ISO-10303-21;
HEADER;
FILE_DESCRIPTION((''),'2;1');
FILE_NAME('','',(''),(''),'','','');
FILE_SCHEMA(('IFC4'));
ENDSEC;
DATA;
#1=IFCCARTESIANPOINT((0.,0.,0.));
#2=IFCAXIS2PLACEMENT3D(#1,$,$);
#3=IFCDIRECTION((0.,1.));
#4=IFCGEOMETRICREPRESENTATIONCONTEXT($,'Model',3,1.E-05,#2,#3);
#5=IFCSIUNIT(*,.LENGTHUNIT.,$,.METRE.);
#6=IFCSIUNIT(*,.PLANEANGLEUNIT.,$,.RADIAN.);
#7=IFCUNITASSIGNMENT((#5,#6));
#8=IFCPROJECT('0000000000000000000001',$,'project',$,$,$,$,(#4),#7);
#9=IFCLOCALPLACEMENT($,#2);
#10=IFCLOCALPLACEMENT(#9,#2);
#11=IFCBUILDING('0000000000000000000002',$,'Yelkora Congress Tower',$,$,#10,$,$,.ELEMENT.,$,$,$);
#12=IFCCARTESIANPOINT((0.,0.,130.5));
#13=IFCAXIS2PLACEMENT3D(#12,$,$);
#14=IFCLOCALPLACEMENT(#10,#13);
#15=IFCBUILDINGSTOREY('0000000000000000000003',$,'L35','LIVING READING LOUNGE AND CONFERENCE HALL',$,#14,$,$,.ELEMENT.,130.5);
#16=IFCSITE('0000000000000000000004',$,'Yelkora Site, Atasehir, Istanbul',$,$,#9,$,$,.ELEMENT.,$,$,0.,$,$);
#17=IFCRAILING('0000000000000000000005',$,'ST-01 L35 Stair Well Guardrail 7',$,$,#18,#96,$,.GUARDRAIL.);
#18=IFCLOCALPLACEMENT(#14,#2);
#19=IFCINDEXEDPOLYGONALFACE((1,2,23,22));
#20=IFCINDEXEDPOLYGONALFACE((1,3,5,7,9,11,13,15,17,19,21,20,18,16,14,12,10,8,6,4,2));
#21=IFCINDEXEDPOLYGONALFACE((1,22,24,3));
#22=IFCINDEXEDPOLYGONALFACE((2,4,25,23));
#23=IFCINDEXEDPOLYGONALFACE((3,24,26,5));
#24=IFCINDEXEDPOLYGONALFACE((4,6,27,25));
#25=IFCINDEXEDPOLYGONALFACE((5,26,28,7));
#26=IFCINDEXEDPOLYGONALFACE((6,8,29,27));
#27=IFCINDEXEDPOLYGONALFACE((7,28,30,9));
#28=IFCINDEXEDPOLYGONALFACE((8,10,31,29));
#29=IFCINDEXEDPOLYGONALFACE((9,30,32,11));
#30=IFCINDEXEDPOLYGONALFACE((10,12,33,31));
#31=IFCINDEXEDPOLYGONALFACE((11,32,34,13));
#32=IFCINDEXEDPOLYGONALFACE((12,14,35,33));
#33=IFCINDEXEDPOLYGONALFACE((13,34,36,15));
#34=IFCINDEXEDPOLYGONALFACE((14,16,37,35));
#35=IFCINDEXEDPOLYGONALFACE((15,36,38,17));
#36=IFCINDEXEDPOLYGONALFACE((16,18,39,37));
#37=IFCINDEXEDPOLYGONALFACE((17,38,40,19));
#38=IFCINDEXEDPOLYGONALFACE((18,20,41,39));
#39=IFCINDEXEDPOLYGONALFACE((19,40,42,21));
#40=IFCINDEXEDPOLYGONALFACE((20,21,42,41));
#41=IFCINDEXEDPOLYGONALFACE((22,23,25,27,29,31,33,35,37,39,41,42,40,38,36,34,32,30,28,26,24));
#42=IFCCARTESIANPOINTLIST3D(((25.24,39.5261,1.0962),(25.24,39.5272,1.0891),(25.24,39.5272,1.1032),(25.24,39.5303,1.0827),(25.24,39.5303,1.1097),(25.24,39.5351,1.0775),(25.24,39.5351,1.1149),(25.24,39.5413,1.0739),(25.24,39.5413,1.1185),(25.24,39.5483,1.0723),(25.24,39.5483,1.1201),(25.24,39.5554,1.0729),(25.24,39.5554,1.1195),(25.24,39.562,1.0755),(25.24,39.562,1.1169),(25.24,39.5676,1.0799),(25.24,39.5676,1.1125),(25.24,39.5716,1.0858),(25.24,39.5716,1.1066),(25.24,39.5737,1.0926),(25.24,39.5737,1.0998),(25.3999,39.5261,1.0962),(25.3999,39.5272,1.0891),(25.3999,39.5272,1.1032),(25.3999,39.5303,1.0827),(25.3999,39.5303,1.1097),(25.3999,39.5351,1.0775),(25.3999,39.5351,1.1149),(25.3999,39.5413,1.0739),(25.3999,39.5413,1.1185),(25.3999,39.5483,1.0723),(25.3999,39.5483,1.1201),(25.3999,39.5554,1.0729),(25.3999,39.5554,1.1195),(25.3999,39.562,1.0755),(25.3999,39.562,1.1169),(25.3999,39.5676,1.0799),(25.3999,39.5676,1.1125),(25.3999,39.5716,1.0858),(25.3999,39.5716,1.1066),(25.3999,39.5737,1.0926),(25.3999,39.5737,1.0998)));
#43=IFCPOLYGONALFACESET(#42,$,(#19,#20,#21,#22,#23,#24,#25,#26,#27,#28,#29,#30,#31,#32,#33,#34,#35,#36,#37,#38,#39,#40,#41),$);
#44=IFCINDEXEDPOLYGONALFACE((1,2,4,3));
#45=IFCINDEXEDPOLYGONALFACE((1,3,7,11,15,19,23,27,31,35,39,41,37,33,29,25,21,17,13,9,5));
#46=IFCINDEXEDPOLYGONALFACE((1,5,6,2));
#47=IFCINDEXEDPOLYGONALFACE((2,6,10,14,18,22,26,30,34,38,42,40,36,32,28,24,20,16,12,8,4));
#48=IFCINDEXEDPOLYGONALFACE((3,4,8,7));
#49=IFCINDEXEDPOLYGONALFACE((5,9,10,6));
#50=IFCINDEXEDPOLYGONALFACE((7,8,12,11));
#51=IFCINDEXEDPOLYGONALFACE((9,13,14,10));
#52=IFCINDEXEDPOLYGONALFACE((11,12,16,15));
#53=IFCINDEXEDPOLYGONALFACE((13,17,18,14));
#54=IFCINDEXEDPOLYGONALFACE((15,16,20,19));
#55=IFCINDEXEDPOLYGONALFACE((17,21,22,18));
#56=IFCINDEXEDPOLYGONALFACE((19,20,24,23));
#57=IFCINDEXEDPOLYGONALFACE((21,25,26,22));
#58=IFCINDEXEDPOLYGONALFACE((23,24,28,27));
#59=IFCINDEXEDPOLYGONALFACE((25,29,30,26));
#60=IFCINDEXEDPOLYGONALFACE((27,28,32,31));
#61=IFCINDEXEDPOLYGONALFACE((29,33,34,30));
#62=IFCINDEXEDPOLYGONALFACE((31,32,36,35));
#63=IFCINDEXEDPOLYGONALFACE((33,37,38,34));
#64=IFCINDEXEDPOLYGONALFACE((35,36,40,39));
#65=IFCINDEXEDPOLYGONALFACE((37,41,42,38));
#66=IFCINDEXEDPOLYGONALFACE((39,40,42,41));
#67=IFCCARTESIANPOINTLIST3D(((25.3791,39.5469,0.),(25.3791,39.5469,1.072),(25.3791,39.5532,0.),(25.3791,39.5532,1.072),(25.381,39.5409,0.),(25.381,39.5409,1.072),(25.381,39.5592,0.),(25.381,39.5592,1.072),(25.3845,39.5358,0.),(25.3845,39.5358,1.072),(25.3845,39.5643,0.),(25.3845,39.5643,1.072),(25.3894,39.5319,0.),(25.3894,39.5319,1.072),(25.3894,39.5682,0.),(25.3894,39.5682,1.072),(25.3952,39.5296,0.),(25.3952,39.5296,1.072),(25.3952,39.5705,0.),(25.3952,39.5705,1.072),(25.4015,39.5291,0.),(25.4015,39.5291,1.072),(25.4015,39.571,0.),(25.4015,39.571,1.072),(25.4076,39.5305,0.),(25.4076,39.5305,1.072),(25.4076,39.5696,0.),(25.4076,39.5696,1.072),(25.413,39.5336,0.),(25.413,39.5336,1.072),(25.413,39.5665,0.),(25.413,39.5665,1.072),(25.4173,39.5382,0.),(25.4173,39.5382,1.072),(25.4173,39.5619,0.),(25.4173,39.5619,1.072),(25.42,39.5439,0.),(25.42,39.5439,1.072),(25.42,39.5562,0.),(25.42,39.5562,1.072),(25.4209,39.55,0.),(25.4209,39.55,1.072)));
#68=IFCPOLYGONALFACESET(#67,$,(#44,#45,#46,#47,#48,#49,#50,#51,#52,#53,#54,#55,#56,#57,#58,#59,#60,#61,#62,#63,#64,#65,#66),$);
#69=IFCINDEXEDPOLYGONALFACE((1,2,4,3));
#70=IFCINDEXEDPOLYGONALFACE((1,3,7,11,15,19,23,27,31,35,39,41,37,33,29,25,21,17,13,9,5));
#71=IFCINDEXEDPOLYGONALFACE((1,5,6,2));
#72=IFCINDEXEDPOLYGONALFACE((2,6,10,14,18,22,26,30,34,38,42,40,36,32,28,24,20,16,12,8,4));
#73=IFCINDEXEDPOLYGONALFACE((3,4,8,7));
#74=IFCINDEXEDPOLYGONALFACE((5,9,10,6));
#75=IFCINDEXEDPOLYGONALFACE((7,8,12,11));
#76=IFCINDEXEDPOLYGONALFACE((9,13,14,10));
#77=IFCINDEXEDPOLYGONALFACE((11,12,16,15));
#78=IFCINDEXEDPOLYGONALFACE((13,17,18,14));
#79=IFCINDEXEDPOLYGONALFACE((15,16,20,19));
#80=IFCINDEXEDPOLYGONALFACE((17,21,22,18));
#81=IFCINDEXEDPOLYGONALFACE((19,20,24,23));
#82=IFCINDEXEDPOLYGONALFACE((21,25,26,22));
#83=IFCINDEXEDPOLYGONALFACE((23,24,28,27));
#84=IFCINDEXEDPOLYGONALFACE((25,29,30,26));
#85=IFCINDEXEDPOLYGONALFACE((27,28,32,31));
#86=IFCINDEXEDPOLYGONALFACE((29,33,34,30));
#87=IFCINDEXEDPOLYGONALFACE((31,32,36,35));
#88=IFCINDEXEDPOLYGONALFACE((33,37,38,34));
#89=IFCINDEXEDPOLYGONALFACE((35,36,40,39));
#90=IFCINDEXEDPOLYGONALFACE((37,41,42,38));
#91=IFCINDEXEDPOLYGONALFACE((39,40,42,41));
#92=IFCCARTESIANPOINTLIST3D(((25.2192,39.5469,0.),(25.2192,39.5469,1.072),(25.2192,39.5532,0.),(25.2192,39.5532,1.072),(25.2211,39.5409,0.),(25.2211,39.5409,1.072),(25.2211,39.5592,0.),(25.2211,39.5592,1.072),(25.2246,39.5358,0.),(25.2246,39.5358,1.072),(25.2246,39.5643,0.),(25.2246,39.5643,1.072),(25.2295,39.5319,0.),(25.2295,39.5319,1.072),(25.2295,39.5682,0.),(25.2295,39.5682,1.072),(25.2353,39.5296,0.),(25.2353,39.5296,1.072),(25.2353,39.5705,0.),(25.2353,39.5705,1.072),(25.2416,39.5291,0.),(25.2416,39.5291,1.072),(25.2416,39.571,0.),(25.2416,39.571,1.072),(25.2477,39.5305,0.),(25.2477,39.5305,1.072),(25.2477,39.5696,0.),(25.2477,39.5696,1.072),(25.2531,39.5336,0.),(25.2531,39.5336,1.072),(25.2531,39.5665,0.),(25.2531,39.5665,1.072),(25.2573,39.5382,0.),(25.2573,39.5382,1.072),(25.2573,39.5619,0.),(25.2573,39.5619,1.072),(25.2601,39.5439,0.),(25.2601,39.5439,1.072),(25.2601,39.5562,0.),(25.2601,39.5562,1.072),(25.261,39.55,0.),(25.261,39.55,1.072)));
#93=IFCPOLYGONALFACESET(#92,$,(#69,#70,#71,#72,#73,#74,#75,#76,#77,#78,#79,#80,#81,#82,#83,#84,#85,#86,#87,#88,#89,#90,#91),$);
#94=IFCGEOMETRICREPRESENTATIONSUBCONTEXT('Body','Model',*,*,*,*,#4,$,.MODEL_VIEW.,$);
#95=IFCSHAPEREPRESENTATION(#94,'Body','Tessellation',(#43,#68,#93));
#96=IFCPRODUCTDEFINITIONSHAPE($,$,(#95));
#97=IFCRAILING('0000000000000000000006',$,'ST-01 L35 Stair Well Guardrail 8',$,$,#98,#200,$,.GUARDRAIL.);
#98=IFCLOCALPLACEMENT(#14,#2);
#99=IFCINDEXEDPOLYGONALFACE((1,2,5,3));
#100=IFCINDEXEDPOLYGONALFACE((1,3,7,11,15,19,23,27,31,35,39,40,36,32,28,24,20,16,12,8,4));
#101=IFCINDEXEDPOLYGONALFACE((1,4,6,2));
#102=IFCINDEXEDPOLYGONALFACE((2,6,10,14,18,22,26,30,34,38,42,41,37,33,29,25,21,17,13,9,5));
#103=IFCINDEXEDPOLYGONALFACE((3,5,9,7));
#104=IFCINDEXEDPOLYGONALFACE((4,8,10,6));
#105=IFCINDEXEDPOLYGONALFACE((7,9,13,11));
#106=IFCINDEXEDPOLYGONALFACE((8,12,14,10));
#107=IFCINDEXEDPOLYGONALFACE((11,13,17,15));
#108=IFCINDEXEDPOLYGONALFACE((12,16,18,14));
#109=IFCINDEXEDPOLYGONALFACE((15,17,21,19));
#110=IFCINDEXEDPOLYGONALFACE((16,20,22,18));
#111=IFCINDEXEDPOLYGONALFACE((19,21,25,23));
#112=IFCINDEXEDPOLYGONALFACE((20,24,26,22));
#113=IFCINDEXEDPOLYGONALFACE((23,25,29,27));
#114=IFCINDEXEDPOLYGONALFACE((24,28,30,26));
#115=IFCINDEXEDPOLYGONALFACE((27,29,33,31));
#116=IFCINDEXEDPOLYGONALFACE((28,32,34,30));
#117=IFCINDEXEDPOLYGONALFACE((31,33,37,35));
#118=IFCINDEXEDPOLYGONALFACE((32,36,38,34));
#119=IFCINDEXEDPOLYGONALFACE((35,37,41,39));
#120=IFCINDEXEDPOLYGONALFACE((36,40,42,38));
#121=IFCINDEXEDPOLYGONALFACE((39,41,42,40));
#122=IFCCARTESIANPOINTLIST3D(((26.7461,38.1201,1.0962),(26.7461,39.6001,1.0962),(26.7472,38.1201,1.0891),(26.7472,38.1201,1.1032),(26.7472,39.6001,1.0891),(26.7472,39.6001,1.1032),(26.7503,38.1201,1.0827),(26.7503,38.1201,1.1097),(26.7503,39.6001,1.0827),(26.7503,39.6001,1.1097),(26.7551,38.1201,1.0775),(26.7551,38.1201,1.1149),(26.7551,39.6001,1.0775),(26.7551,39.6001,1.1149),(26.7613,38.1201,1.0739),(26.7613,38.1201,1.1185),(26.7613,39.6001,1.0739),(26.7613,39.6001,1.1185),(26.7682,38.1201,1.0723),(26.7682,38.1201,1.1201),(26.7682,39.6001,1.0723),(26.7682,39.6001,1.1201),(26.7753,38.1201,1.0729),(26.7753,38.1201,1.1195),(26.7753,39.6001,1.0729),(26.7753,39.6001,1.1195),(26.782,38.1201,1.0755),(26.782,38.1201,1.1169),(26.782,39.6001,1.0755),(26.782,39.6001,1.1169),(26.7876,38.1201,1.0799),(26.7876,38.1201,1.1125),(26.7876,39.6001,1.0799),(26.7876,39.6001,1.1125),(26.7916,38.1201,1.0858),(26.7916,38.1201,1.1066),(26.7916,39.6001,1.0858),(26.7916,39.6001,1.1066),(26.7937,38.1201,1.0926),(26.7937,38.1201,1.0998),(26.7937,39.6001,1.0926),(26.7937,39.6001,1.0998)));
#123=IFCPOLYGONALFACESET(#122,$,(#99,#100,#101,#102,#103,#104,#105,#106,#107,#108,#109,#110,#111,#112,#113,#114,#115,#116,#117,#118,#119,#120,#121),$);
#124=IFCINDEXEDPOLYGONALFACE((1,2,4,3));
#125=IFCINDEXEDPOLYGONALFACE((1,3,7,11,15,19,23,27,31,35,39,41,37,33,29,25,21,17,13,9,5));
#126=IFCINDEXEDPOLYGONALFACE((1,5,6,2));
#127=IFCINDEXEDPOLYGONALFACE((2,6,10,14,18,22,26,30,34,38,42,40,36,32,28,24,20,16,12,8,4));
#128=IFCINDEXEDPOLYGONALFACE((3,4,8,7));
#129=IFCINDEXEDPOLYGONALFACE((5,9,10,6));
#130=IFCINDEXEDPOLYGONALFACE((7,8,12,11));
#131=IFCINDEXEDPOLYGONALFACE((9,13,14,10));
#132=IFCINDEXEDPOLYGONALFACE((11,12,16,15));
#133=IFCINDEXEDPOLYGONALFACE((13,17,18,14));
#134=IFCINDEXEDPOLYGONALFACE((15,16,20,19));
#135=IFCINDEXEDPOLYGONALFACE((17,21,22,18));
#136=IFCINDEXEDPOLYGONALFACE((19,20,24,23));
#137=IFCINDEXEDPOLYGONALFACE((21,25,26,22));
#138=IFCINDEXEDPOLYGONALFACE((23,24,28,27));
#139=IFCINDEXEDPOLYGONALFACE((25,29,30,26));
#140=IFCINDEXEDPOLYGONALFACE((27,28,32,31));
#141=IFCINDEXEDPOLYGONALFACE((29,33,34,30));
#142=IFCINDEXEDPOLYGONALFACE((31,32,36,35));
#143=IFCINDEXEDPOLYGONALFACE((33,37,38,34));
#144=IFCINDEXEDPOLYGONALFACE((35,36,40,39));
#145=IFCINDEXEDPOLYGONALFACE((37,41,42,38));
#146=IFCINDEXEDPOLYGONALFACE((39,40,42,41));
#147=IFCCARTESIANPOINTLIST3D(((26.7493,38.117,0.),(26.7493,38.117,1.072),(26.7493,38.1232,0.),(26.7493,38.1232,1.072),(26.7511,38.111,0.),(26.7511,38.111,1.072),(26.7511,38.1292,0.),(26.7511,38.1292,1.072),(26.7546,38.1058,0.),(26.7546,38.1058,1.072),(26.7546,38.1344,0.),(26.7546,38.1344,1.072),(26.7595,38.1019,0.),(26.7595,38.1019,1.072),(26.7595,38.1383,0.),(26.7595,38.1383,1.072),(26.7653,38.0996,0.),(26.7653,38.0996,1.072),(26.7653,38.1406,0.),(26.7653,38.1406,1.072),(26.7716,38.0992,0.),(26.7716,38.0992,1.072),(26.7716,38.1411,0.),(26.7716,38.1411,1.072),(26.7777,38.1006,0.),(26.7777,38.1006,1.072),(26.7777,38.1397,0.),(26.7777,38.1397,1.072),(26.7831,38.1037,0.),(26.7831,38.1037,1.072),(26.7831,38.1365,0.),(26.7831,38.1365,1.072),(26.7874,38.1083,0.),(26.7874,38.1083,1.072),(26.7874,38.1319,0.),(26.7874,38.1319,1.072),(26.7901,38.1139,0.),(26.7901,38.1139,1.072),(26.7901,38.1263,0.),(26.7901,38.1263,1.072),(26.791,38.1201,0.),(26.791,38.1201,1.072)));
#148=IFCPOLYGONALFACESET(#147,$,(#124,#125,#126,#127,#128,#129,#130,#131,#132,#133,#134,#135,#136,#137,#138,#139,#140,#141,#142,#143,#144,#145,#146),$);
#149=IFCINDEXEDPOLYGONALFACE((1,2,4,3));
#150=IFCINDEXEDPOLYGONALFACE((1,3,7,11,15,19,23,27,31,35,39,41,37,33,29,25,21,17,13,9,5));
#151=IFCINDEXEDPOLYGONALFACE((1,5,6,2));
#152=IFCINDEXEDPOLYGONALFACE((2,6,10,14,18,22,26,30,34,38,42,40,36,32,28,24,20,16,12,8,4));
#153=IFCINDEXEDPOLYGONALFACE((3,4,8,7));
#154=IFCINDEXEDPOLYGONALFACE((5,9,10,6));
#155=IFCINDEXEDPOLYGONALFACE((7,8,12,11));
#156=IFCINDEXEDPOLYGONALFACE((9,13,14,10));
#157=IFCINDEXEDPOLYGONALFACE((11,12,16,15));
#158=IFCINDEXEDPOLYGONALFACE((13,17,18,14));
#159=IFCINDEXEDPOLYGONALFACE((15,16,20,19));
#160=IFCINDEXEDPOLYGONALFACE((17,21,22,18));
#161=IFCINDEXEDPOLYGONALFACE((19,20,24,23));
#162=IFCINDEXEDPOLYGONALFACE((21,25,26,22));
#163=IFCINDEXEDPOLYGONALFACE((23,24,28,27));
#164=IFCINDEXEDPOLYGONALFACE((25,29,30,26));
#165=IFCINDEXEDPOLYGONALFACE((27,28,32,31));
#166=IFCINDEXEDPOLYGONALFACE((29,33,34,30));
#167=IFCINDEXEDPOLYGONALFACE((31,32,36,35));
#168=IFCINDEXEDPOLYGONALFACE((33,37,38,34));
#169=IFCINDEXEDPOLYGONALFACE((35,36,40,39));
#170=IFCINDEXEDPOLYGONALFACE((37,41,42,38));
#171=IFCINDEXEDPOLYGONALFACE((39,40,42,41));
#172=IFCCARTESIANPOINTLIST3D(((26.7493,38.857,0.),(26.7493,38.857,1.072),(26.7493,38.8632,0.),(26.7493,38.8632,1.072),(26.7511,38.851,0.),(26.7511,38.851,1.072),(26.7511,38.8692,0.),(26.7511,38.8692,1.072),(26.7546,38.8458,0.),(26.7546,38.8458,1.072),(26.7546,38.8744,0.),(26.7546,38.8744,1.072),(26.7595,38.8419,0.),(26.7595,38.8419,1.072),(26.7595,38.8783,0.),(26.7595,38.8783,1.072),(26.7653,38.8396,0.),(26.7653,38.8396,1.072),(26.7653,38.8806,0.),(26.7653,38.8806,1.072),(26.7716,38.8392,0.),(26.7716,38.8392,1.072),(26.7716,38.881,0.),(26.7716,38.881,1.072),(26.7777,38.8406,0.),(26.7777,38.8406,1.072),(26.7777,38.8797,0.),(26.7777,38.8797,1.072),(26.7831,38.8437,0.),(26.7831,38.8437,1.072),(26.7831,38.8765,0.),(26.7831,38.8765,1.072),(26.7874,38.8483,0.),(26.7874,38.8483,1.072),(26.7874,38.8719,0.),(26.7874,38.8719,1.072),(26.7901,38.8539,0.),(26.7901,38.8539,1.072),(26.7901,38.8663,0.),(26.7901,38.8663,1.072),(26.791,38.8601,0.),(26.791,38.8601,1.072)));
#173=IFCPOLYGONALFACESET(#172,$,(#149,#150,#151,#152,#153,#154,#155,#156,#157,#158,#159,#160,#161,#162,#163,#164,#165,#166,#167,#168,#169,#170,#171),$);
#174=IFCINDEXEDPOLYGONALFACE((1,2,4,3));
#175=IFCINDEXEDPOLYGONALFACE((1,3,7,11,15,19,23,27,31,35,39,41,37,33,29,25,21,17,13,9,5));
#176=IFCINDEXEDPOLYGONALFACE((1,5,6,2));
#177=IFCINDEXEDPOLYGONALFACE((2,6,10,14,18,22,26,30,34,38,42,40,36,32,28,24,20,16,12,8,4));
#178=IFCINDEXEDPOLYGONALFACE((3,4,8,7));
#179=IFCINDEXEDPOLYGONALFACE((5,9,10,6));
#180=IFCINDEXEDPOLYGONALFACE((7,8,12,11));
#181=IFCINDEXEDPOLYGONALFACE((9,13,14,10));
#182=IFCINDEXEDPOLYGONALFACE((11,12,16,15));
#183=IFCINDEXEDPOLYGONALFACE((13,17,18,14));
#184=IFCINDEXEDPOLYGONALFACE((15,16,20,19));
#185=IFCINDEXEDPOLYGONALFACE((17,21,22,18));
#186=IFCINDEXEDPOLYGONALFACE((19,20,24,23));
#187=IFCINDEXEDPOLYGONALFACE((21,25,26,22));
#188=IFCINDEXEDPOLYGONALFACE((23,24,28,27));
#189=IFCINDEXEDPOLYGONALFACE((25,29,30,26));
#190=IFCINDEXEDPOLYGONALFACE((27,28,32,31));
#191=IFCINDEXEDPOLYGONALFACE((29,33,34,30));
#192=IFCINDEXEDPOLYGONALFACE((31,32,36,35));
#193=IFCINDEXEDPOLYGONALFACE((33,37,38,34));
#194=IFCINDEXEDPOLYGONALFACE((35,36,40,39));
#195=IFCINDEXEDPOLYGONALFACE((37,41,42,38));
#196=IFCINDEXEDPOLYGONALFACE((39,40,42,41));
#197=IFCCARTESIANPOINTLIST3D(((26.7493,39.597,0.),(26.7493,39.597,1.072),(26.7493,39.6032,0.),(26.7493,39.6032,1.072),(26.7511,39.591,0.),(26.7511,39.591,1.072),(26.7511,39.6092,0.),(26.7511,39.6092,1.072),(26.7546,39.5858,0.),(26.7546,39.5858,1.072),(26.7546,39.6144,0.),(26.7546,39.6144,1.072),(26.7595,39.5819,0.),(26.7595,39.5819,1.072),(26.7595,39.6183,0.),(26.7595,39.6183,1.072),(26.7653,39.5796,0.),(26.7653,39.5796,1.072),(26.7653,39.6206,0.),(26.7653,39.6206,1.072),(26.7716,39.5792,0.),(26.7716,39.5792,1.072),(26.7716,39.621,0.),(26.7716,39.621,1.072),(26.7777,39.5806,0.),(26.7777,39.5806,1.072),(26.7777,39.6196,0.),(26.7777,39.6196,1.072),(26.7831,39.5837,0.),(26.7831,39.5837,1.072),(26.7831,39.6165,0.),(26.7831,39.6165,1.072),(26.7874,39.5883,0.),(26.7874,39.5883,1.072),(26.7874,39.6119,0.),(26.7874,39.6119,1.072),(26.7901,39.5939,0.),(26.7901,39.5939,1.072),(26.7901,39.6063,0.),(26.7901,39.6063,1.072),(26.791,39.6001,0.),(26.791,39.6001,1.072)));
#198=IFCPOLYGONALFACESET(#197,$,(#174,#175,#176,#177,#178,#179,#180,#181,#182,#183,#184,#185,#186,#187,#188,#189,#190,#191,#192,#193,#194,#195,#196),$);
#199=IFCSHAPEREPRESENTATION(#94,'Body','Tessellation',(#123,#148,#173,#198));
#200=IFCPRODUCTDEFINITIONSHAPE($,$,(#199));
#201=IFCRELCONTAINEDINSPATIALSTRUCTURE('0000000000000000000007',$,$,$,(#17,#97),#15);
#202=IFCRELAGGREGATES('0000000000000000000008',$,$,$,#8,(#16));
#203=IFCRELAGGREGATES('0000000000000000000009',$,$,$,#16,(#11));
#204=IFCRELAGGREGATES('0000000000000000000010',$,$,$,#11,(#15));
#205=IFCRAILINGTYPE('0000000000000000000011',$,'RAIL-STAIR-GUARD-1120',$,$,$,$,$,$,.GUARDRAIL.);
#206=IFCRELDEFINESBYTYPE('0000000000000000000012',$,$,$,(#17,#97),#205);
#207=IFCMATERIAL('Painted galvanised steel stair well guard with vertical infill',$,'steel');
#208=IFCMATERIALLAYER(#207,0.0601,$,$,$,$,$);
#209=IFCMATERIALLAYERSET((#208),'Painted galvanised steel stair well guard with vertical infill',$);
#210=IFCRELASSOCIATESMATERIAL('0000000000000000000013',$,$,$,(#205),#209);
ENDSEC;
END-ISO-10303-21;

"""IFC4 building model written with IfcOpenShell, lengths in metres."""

from ifc_helpers import new_model, si_unit, direction, frame, origin, origin_2d, place, context, subcontext, project, spatial, circle, extrude, material, layer, layer_set, type_object, element, save


model = new_model("IFC4")

# Units and contexts
model_context = context("Model", 3, precision=1e-05, world=origin(), true_north=direction((0.0, 1.0)))
body_context = subcontext(model_context, "Body", "Model", "MODEL_VIEW")
ifc_project = project(units=[si_unit("LENGTHUNIT", "METRE"), si_unit("PLANEANGLEUNIT", "RADIAN")], contexts=[model_context])

# Site, building, storey
site_placement = place(None, origin())
site = spatial("IfcSite", under=ifc_project, at=site_placement, Name="Yelkora Site, Atasehir, Istanbul", CompositionType="ELEMENT", RefElevation=0.0)
building_placement = place(site_placement, origin())
building = spatial("IfcBuilding", under=site, at=building_placement, Name="Yelkora Congress Tower", CompositionType="ELEMENT")
storey_placement = place(building_placement, frame((0.0, 0.0, 130.5)))
storey = spatial("IfcBuildingStorey", under=building, at=storey_placement, Name="L35", Description="LIVING READING LOUNGE AND CONFERENCE HALL", CompositionType="ELEMENT", Elevation=130.5)

# Railings
ifc_material_1 = material(Name="Painted galvanised steel stair well guard with vertical infill", Category="steel")
ifc_layer_1 = layer(ifc_material_1, 0.0601)
ifc_layer_set_1 = layer_set([ifc_layer_1], Name="Painted galvanised steel stair well guard with vertical infill")
railing_type_1 = type_object("IfcRailingType", Name="RAIL-STAIR-GUARD-1120", PredefinedType="GUARDRAIL", material=ifc_layer_set_1)
railing_1_placement = place(storey_placement, frame((25.3999, 39.55, 0.0)))
element("IfcRailing", 1, at=railing_1_placement, inside=storey, type_object=railing_type_1, Name="ST-01 L35 Stair Well Guardrail 7", PredefinedType="GUARDRAIL", context=body_context, shape_type="SweptSolid", body=[
    extrude(circle(Radius=0.0239, at=origin_2d()), frame((0.0, 0.0, 1.0962), z_axis=(-1.0, 0.0, 0.0), x_axis=(0.0, -1.0, 0.0)), (0.0, 0.0, 1.0), 0.1599),
    extrude(circle(Radius=0.021, at=origin_2d()), origin(), (0.0, 0.0, 1.0), 1.072),
    extrude(circle(Radius=0.021, at=origin_2d()), frame((-0.1599, 0.0, 0.0)), (0.0, 0.0, 1.0), 1.072),
])
railing_2_placement = place(storey_placement, frame((26.77, 38.1201, 0.0)))
element("IfcRailing", 2, at=railing_2_placement, inside=storey, type_object=railing_type_1, Name="ST-01 L35 Stair Well Guardrail 8", PredefinedType="GUARDRAIL", context=body_context, shape_type="SweptSolid", body=[
    extrude(circle(Radius=0.0239, at=origin_2d()), frame((0.0, 0.0, 1.0962), z_axis=(0.0, 1.0, 0.0), x_axis=(-1.0, 0.0, 0.0)), (0.0, 0.0, 1.0), 1.48),
    extrude(circle(Radius=0.021, at=origin_2d()), origin(), (0.0, 0.0, 1.0), 1.072),
    extrude(circle(Radius=0.021, at=origin_2d()), frame((0.0, 0.74, 0.0)), (0.0, 0.0, 1.0), 1.072),
    extrude(circle(Radius=0.021, at=origin_2d()), frame((0.0, 1.48, 0.0)), (0.0, 0.0, 1.0), 1.072),
])

save(model, "model.ifc")
